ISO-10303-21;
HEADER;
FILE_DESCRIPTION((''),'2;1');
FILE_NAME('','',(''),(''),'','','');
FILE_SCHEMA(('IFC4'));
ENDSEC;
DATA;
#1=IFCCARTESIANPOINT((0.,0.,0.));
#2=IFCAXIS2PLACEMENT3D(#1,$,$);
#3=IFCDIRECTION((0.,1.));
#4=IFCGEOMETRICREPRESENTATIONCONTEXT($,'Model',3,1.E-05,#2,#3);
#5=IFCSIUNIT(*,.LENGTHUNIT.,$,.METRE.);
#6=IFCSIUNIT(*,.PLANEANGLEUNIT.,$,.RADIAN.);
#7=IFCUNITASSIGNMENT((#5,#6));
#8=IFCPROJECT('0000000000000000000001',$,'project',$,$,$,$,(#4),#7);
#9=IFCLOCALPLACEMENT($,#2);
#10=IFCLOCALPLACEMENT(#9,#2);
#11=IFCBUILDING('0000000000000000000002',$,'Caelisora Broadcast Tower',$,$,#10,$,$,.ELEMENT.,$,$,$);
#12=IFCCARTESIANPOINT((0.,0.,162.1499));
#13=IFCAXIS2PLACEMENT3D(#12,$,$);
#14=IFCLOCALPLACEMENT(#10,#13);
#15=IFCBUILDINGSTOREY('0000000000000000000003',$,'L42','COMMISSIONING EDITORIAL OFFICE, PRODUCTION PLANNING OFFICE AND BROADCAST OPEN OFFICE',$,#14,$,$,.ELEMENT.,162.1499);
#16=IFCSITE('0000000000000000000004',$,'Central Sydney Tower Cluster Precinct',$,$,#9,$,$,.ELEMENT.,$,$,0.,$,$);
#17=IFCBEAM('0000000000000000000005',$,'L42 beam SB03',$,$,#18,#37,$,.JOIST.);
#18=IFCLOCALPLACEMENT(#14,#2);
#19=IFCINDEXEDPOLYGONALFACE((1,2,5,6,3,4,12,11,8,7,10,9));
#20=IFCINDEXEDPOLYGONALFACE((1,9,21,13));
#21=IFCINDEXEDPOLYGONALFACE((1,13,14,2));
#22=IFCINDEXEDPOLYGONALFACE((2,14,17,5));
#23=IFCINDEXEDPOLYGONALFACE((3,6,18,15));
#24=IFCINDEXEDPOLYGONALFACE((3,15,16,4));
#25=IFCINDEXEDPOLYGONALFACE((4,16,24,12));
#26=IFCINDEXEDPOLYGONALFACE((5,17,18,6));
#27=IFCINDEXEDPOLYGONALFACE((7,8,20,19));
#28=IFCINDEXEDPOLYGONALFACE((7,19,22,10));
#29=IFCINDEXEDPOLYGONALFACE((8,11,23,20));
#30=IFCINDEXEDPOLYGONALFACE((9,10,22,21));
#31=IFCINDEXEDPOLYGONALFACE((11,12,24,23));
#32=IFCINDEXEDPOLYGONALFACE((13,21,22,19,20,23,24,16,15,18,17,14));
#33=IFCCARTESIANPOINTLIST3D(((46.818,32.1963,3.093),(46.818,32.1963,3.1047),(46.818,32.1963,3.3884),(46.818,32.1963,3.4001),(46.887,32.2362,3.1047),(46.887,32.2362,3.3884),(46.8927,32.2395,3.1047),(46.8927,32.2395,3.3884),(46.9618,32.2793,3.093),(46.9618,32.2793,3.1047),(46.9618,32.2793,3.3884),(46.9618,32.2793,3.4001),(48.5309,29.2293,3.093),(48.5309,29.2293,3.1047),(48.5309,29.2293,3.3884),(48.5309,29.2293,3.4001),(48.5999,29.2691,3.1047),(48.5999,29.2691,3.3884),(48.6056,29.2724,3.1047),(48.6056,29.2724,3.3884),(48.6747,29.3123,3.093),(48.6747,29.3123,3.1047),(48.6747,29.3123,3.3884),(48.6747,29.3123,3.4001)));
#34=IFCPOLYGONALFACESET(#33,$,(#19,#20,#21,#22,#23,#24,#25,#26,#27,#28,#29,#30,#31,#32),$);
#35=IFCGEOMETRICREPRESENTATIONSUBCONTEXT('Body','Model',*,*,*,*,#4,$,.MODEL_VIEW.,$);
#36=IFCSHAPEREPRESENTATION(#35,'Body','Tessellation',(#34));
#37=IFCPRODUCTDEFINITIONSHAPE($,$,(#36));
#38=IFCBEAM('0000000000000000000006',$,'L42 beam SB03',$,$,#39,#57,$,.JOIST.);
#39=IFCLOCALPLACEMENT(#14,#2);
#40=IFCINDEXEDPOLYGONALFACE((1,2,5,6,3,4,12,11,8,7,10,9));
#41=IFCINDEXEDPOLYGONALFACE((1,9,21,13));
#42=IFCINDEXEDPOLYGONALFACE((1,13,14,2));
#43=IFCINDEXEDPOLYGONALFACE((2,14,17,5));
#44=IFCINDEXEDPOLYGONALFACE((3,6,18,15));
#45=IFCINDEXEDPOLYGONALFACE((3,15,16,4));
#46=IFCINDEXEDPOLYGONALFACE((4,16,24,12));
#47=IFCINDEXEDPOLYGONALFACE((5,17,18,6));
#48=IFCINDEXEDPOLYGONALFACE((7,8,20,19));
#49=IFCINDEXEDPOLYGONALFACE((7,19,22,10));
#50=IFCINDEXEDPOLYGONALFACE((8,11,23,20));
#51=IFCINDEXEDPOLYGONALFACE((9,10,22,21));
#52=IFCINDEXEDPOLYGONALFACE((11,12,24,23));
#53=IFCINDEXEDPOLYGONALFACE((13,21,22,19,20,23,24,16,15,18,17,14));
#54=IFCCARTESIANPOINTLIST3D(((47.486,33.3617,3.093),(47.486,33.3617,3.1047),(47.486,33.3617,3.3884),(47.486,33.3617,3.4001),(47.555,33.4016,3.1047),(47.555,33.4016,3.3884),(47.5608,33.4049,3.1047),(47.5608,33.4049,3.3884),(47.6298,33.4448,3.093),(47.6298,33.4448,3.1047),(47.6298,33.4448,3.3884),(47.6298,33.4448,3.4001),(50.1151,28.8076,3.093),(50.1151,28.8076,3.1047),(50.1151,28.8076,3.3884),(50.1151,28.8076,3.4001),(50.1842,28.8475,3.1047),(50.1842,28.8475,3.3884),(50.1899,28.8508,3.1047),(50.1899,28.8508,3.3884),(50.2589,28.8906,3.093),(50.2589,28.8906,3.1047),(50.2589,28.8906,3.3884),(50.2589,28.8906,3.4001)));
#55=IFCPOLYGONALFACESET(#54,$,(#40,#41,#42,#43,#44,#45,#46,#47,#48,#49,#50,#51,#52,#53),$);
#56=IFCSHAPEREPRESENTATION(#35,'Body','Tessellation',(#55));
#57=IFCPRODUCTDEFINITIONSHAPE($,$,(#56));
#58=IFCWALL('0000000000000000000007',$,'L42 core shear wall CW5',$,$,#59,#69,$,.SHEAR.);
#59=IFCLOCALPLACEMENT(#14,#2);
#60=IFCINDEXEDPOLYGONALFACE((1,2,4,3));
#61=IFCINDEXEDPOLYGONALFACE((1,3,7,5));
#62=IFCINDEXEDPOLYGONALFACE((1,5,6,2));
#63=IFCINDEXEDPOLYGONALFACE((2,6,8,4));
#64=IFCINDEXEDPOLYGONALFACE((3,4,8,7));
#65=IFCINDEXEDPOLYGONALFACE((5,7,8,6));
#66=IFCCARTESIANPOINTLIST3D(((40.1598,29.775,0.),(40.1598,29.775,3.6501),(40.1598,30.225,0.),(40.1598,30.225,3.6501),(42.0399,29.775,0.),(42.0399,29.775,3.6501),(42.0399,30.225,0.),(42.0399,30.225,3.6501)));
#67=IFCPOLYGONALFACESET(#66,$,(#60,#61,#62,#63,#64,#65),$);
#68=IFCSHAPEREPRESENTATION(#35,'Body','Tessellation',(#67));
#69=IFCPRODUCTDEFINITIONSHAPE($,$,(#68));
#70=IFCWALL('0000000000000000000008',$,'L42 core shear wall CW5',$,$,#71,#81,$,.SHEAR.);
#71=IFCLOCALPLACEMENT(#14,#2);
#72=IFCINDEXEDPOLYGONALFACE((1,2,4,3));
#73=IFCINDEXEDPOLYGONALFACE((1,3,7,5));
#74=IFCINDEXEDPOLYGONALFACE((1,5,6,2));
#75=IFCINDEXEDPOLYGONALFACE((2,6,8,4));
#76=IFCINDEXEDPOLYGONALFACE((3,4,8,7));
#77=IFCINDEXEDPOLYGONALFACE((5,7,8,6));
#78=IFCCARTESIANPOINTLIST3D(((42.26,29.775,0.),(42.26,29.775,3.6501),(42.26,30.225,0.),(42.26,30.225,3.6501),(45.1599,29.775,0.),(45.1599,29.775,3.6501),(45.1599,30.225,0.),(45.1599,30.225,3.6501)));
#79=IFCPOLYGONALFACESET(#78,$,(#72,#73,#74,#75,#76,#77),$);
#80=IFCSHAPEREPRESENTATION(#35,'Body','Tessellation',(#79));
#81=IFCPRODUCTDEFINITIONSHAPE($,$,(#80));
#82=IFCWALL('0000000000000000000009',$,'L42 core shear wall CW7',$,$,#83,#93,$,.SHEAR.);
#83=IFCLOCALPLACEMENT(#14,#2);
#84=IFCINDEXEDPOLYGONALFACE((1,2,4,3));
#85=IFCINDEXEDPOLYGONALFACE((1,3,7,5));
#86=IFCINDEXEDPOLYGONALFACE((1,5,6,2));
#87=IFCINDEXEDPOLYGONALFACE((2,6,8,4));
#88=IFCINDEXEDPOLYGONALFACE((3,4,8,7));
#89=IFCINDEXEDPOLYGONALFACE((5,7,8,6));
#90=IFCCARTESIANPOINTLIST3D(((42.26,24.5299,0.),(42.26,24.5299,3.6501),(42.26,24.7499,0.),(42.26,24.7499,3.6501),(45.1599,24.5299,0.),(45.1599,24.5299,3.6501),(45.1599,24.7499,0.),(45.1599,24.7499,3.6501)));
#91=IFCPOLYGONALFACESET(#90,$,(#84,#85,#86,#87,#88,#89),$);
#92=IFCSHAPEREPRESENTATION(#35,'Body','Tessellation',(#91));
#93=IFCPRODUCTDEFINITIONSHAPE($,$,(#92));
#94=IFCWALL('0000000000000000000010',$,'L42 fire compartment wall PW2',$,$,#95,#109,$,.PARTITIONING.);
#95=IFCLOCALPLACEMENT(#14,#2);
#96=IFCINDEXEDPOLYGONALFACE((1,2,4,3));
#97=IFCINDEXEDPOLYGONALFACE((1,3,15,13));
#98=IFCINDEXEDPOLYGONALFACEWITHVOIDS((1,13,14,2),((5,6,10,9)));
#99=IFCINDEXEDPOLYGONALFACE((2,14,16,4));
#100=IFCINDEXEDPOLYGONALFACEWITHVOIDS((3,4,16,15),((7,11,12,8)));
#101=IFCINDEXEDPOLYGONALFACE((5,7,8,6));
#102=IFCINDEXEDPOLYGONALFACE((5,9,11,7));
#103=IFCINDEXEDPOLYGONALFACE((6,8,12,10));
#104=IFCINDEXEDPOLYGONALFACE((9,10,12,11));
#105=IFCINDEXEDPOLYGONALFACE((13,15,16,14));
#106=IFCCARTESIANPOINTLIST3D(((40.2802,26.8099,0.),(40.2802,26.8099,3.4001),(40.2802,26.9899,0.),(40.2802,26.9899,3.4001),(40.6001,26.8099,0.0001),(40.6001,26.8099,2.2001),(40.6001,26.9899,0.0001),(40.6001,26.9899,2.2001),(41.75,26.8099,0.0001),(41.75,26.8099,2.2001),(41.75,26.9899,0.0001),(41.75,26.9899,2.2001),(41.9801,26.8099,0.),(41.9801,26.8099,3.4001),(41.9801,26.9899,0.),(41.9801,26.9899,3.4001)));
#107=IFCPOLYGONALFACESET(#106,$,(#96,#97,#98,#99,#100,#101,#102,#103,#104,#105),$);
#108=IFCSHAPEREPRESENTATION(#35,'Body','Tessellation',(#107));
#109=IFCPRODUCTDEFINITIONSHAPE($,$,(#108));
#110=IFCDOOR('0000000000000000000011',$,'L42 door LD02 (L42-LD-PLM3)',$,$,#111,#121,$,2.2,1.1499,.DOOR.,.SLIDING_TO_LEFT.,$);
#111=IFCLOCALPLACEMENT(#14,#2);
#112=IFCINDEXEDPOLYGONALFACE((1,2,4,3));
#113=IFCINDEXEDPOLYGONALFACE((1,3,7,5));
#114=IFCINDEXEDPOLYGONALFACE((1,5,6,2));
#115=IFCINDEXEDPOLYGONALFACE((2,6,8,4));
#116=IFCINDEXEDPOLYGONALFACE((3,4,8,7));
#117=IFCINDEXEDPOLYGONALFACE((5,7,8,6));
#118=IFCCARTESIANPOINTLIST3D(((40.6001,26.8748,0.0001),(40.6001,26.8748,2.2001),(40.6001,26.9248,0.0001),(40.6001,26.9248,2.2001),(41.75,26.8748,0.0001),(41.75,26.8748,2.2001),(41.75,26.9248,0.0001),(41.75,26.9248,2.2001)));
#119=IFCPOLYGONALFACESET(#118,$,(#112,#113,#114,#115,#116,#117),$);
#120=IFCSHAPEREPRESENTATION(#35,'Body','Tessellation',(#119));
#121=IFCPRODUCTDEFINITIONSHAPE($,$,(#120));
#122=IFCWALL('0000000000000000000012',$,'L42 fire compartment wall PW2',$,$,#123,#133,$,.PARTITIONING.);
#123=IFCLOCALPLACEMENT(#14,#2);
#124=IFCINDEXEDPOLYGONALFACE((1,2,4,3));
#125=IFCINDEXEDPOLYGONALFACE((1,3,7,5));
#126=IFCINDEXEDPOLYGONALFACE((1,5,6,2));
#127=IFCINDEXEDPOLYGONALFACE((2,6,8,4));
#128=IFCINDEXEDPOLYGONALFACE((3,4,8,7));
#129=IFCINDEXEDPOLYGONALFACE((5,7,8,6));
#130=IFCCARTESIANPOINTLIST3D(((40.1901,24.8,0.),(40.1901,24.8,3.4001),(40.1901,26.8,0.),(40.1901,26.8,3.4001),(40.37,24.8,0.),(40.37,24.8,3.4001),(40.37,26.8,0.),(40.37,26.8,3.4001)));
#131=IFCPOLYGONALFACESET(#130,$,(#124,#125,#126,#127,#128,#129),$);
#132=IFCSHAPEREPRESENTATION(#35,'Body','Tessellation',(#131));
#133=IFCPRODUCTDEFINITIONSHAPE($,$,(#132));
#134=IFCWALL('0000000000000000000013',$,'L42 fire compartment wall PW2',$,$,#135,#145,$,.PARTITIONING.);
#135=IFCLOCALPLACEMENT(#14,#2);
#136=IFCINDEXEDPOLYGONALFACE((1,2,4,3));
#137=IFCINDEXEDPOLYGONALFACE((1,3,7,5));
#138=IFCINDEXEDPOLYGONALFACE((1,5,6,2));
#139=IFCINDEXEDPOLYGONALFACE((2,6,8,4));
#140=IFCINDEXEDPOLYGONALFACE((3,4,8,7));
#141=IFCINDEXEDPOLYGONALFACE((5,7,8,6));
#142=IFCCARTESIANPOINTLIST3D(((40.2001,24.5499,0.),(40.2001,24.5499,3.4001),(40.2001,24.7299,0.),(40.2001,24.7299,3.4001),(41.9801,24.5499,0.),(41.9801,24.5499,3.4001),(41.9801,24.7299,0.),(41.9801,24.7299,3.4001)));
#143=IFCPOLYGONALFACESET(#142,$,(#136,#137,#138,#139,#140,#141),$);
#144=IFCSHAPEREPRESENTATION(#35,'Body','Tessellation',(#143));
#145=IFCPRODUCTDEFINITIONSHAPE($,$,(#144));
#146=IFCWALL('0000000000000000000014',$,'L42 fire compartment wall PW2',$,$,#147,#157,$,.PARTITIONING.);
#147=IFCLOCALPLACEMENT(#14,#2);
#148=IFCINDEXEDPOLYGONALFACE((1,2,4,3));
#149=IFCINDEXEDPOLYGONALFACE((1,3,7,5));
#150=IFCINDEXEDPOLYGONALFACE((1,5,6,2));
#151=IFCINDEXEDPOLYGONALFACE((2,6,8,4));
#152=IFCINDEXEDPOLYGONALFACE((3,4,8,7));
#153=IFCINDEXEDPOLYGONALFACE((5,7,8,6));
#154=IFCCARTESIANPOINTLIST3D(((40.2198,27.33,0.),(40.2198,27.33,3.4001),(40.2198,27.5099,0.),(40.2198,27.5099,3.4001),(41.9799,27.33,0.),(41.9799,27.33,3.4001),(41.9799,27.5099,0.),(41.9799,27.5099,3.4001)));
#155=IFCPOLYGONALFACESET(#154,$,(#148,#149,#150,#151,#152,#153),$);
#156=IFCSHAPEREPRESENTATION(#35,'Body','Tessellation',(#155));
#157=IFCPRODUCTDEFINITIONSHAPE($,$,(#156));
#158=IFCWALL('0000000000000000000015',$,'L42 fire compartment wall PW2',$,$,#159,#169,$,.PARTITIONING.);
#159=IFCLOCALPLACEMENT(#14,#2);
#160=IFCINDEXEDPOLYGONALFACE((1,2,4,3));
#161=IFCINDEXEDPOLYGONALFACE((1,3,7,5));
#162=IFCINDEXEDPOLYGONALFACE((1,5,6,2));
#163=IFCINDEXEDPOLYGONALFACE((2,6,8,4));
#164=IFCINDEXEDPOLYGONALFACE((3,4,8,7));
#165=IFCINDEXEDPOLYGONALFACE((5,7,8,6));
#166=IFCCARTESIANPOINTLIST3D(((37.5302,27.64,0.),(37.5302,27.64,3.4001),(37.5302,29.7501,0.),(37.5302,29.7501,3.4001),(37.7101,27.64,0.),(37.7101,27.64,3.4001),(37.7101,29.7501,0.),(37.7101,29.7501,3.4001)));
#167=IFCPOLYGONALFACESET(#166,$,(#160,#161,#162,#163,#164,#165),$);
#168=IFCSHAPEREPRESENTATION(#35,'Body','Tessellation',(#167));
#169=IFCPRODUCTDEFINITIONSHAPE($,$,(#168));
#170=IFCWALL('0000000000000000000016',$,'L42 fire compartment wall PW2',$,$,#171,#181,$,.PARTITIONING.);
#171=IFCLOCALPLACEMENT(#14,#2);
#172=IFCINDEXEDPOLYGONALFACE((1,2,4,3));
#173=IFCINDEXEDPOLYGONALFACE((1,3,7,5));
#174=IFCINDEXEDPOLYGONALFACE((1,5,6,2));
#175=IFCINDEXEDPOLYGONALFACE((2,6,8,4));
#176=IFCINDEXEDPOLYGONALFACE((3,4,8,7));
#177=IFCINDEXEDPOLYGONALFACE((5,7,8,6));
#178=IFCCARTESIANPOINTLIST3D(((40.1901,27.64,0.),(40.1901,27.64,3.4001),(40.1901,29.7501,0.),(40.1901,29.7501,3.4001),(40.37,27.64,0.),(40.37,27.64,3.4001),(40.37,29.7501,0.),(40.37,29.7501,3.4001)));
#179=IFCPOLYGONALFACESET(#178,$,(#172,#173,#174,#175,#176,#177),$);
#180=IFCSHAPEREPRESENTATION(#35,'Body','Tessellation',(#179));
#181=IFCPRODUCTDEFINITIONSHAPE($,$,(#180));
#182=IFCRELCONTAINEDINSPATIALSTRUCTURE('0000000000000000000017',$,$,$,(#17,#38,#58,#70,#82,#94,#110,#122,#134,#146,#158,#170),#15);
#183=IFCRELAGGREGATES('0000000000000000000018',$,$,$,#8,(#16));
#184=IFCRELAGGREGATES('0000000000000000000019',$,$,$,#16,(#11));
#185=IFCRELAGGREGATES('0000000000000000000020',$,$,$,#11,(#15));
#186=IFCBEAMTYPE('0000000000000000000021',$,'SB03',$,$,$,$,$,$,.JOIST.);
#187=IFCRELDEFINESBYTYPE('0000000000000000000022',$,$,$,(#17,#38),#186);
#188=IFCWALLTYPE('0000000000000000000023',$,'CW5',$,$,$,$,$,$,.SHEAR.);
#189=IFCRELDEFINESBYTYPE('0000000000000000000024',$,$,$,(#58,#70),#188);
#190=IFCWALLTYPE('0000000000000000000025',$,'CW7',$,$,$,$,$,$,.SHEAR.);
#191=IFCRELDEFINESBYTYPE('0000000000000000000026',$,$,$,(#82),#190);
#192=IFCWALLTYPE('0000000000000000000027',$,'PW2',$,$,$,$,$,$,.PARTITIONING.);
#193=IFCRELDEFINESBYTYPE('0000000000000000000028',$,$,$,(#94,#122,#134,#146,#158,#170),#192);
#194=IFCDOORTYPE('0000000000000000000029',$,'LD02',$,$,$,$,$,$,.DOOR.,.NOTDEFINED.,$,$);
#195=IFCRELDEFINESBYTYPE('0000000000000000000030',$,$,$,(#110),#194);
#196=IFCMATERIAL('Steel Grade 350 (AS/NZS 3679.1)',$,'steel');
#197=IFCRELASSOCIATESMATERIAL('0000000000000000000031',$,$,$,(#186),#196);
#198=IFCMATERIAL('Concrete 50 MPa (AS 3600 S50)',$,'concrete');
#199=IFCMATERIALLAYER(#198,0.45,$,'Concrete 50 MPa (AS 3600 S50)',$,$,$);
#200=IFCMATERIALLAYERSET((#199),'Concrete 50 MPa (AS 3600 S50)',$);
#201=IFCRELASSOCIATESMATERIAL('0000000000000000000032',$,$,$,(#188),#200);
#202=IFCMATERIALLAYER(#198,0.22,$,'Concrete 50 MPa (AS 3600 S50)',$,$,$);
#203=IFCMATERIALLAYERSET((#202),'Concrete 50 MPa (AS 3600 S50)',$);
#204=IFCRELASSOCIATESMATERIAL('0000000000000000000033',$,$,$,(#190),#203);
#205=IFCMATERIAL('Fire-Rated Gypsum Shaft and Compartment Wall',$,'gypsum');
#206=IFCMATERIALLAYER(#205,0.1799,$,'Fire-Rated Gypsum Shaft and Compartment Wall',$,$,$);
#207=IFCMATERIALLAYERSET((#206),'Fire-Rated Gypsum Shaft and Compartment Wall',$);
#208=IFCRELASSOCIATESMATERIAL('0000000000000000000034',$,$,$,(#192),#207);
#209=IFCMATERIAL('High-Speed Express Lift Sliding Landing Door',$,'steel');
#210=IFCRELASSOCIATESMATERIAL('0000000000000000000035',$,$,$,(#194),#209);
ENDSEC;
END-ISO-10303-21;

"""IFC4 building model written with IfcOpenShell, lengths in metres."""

from ifc_helpers import new_model, si_unit, direction, frame, frame_2d, origin, origin_2d, place, context, subcontext, project, spatial, rectangle, i_section, extrude, source, transform, mapped, material, layer, layer_set, material_profile, profile_set, type_object, type_shapes, element, fill, save


model = new_model("IFC4")

# Units and contexts
model_context = context("Model", 3, precision=1e-05, world=origin(), true_north=direction((0.0, 1.0)))
body_context = subcontext(model_context, "Body", "Model", "MODEL_VIEW")
ifc_project = project(units=[si_unit("LENGTHUNIT", "METRE"), si_unit("PLANEANGLEUNIT", "RADIAN")], contexts=[model_context])

# Site, building, storey
site_placement = place(None, origin())
site = spatial("IfcSite", under=ifc_project, at=site_placement, Name="Central Sydney Tower Cluster Precinct", CompositionType="ELEMENT", RefElevation=0.0)
building_placement = place(site_placement, origin())
building = spatial("IfcBuilding", under=site, at=building_placement, Name="Caelisora Broadcast Tower", CompositionType="ELEMENT")
storey_placement = place(building_placement, frame((0.0, 0.0, 162.1499)))
storey = spatial("IfcBuildingStorey", under=building, at=storey_placement, Name="L42", Description="COMMISSIONING EDITORIAL OFFICE, PRODUCTION PLANNING OFFICE AND BROADCAST OPEN OFFICE", CompositionType="ELEMENT", Elevation=162.1499)

# Beams
ifc_material_1 = material(Name="Steel Grade 350 (AS/NZS 3679.1)", Category="steel")
ifc_material_profile_1 = material_profile(ifc_material_1, i_section(OverallWidth=0.166, OverallDepth=0.3071, WebThickness=0.0066, FlangeThickness=0.0117, at=origin_2d()), Name="Steel Grade 350 (AS/NZS 3679.1)")
ifc_profile_set_1 = profile_set([ifc_material_profile_1], Name="Steel Grade 350 (AS/NZS 3679.1)")
beam_type_1 = type_object("IfcBeamType", Name="SB03", PredefinedType="JOIST", material=ifc_profile_set_1)
shared_shape_1 = source(origin(), body_context, "Body", "SweptSolid", [
    extrude(i_section(OverallWidth=0.166, OverallDepth=0.3071, WebThickness=0.0066, FlangeThickness=0.0117, at=origin_2d()), origin(), (0.0, 0.0, 1.0), 3.426),
])
beam_1_placement = place(storey_placement, frame((48.6028, 29.2708, 3.2466), z_axis=(-0.499971, 0.866042, 0.0), x_axis=(-0.866042, -0.499971, 0.0)))
element("IfcBeam", 1, at=beam_1_placement, inside=storey, type_object=beam_type_1, Name="L42 beam SB03", PredefinedType="JOIST", context=body_context, shape_type="MappedRepresentation", body=[
    mapped(shared_shape_1, transform((0.0, 0.0, 0.0), scale=1.0)),
])
shared_shape_2 = source(origin(), body_context, "Body", "SweptSolid", [
    extrude(i_section(OverallWidth=0.166, OverallDepth=0.3071, WebThickness=0.0066, FlangeThickness=0.0117, at=origin_2d()), origin(), (0.0, 0.0, 1.0), 5.2585),
])
type_shapes(beam_type_1, [shared_shape_1, shared_shape_2])
beam_2_placement = place(storey_placement, frame((50.187, 28.8491, 3.2466), z_axis=(-0.499969, 0.866043, 0.0), x_axis=(-0.866043, -0.499969, 0.0)))
element("IfcBeam", 2, at=beam_2_placement, inside=storey, type_object=beam_type_1, Name="L42 beam SB03", PredefinedType="JOIST", context=body_context, shape_type="MappedRepresentation", body=[
    mapped(shared_shape_2, transform((0.0, 0.0, 0.0), scale=1.0)),
])

# Walls
ifc_material_2 = material(Name="Concrete 50 MPa (AS 3600 S50)", Category="concrete")
ifc_layer_1 = layer(ifc_material_2, 0.45, Name="Concrete 50 MPa (AS 3600 S50)")
ifc_layer_set_1 = layer_set([ifc_layer_1], Name="Concrete 50 MPa (AS 3600 S50)")
wall_type_1 = type_object("IfcWallType", Name="CW5", PredefinedType="SHEAR", material=ifc_layer_set_1)
wall_1_placement = place(storey_placement, frame((40.1599, 30.0, 0.0), z_axis=(0.0, 0.0, 1.0), x_axis=(1.0, 0.0, 0.0)))
element("IfcWall", 3, at=wall_1_placement, inside=storey, type_object=wall_type_1, Name="L42 core shear wall CW5", PredefinedType="SHEAR", context=body_context, shape_type="SweptSolid", body=[
    extrude(rectangle(XDim=1.8801, YDim=0.45, at=frame_2d((0.9399, 0.0))), origin(), (0.0, 0.0, 1.0), 3.6501),
])
wall_2_placement = place(storey_placement, frame((42.26, 30.0, 0.0), z_axis=(0.0, 0.0, 1.0), x_axis=(1.0, 0.0, 0.0)))
element("IfcWall", 4, at=wall_2_placement, inside=storey, type_object=wall_type_1, Name="L42 core shear wall CW5", PredefinedType="SHEAR", context=body_context, shape_type="SweptSolid", body=[
    extrude(rectangle(XDim=2.8999, YDim=0.45, at=frame_2d((1.45, 0.0))), origin(), (0.0, 0.0, 1.0), 3.6501),
])
ifc_layer_2 = layer(ifc_material_2, 0.22, Name="Concrete 50 MPa (AS 3600 S50)")
ifc_layer_set_2 = layer_set([ifc_layer_2], Name="Concrete 50 MPa (AS 3600 S50)")
wall_type_2 = type_object("IfcWallType", Name="CW7", PredefinedType="SHEAR", material=ifc_layer_set_2)
wall_3_placement = place(storey_placement, frame((42.26, 24.6399, 0.0), z_axis=(0.0, 0.0, 1.0), x_axis=(1.0, 0.0, 0.0)))
element("IfcWall", 5, at=wall_3_placement, inside=storey, type_object=wall_type_2, Name="L42 core shear wall CW7", PredefinedType="SHEAR", context=body_context, shape_type="SweptSolid", body=[
    extrude(rectangle(XDim=2.8999, YDim=0.22, at=frame_2d((1.45, 0.0))), origin(), (0.0, 0.0, 1.0), 3.6501),
])

# Wall, opening, door
ifc_material_3 = material(Name="Fire-Rated Gypsum Shaft and Compartment Wall", Category="gypsum")
ifc_layer_3 = layer(ifc_material_3, 0.1799, Name="Fire-Rated Gypsum Shaft and Compartment Wall")
ifc_layer_set_3 = layer_set([ifc_layer_3], Name="Fire-Rated Gypsum Shaft and Compartment Wall")
wall_type_3 = type_object("IfcWallType", Name="PW2", PredefinedType="PARTITIONING", material=ifc_layer_set_3)
wall_4_placement = place(storey_placement, frame((40.28, 26.8999, 0.0), z_axis=(0.0, 0.0, 1.0), x_axis=(1.0, 0.0, 0.0)))
wall_4 = element("IfcWall", 6, at=wall_4_placement, inside=storey, type_object=wall_type_3, Name="L42 fire compartment wall PW2", PredefinedType="PARTITIONING", context=body_context, shape_type="SweptSolid", body=[
    extrude(rectangle(XDim=1.7, YDim=0.1799, at=frame_2d((0.8501, 0.0))), origin(), (0.0, 0.0, 1.0), 3.4001),
])
opening_placement = place(wall_4_placement, frame((0.3201, 0.0, 0.0)))
opening = element("IfcOpeningElement", 7, at=opening_placement, cuts=wall_4, PredefinedType="OPENING", context=body_context, shape_type="SweptSolid", body=[
    extrude(rectangle(XDim=1.1499, YDim=2.2, at=frame_2d((0.575, 1.1001))), frame((0.0, 0.1021, 0.0), z_axis=(0.0, -1.0, 0.0), x_axis=(1.0, 0.0, 0.0)), (0.0, 0.0, 1.0), 0.2039),
])
ifc_material_4 = material(Name="High-Speed Express Lift Sliding Landing Door", Category="steel")
door_type = type_object("IfcDoorType", Name="LD02", OperationType="NOTDEFINED", PredefinedType="DOOR", material=ifc_material_4)
door_placement = place(opening_placement, origin())
door = element("IfcDoor", 8, at=door_placement, inside=storey, type_object=door_type, Name="L42 door LD02 (L42-LD-PLM3)", OperationType="SLIDING_TO_LEFT", OverallHeight=2.2, OverallWidth=1.1499, PredefinedType="DOOR", context=body_context, shape_type="SweptSolid", body=[
    extrude(rectangle(XDim=1.1499, YDim=2.2, at=frame_2d((0.575, 1.1001))), frame((0.0, 0.0249, 0.0), z_axis=(0.0, -1.0, 0.0), x_axis=(1.0, 0.0, 0.0)), (0.0, 0.0, 1.0), 0.05),
])
fill(opening, door)

# Walls
wall_5_placement = place(storey_placement, frame((40.28, 24.8, 0.0), z_axis=(0.0, 0.0, 1.0), x_axis=(0.0, 1.0, 0.0)))
element("IfcWall", 9, at=wall_5_placement, inside=storey, type_object=wall_type_3, Name="L42 fire compartment wall PW2", PredefinedType="PARTITIONING", context=body_context, shape_type="SweptSolid", body=[
    extrude(rectangle(XDim=2.0, YDim=0.1799, at=frame_2d((1.0, 0.0))), origin(), (0.0, 0.0, 1.0), 3.4001),
])
wall_6_placement = place(storey_placement, frame((40.2, 24.6399, 0.0), z_axis=(0.0, 0.0, 1.0), x_axis=(1.0, 0.0, 0.0)))
element("IfcWall", 10, at=wall_6_placement, inside=storey, type_object=wall_type_3, Name="L42 fire compartment wall PW2", PredefinedType="PARTITIONING", context=body_context, shape_type="SweptSolid", body=[
    extrude(rectangle(XDim=1.78, YDim=0.1799, at=frame_2d((0.8901, 0.0))), origin(), (0.0, 0.0, 1.0), 3.4001),
])
wall_7_placement = place(storey_placement, frame((40.22, 27.4199, 0.0), z_axis=(0.0, 0.0, 1.0), x_axis=(1.0, 0.0, 0.0)))
element("IfcWall", 11, at=wall_7_placement, inside=storey, type_object=wall_type_3, Name="L42 fire compartment wall PW2", PredefinedType="PARTITIONING", context=body_context, shape_type="SweptSolid", body=[
    extrude(rectangle(XDim=1.76, YDim=0.1799, at=frame_2d((0.8799, 0.0))), origin(), (0.0, 0.0, 1.0), 3.4001),
])
for number, where, z_axis, x_axis, name in (
    (12, (37.6201, 27.6399, 0.0), (0.0, 0.0, 1.0), (0.0, 1.0, 0.0), "L42 fire compartment wall PW2"),
    (13, (40.28, 27.6399, 0.0), (0.0, 0.0, 1.0), (0.0, 1.0, 0.0), "L42 fire compartment wall PW2"),
):
    element("IfcWall", number, at=place(storey_placement, frame(where, z_axis=z_axis, x_axis=x_axis)), inside=storey, type_object=wall_type_3, Name=name, PredefinedType="PARTITIONING", context=body_context, shape_type="SweptSolid", body=[
        extrude(rectangle(XDim=2.1101, YDim=0.1799, at=frame_2d((1.0552, 0.0))), origin(), (0.0, 0.0, 1.0), 3.4001),
    ])

save(model, "model.ifc")
